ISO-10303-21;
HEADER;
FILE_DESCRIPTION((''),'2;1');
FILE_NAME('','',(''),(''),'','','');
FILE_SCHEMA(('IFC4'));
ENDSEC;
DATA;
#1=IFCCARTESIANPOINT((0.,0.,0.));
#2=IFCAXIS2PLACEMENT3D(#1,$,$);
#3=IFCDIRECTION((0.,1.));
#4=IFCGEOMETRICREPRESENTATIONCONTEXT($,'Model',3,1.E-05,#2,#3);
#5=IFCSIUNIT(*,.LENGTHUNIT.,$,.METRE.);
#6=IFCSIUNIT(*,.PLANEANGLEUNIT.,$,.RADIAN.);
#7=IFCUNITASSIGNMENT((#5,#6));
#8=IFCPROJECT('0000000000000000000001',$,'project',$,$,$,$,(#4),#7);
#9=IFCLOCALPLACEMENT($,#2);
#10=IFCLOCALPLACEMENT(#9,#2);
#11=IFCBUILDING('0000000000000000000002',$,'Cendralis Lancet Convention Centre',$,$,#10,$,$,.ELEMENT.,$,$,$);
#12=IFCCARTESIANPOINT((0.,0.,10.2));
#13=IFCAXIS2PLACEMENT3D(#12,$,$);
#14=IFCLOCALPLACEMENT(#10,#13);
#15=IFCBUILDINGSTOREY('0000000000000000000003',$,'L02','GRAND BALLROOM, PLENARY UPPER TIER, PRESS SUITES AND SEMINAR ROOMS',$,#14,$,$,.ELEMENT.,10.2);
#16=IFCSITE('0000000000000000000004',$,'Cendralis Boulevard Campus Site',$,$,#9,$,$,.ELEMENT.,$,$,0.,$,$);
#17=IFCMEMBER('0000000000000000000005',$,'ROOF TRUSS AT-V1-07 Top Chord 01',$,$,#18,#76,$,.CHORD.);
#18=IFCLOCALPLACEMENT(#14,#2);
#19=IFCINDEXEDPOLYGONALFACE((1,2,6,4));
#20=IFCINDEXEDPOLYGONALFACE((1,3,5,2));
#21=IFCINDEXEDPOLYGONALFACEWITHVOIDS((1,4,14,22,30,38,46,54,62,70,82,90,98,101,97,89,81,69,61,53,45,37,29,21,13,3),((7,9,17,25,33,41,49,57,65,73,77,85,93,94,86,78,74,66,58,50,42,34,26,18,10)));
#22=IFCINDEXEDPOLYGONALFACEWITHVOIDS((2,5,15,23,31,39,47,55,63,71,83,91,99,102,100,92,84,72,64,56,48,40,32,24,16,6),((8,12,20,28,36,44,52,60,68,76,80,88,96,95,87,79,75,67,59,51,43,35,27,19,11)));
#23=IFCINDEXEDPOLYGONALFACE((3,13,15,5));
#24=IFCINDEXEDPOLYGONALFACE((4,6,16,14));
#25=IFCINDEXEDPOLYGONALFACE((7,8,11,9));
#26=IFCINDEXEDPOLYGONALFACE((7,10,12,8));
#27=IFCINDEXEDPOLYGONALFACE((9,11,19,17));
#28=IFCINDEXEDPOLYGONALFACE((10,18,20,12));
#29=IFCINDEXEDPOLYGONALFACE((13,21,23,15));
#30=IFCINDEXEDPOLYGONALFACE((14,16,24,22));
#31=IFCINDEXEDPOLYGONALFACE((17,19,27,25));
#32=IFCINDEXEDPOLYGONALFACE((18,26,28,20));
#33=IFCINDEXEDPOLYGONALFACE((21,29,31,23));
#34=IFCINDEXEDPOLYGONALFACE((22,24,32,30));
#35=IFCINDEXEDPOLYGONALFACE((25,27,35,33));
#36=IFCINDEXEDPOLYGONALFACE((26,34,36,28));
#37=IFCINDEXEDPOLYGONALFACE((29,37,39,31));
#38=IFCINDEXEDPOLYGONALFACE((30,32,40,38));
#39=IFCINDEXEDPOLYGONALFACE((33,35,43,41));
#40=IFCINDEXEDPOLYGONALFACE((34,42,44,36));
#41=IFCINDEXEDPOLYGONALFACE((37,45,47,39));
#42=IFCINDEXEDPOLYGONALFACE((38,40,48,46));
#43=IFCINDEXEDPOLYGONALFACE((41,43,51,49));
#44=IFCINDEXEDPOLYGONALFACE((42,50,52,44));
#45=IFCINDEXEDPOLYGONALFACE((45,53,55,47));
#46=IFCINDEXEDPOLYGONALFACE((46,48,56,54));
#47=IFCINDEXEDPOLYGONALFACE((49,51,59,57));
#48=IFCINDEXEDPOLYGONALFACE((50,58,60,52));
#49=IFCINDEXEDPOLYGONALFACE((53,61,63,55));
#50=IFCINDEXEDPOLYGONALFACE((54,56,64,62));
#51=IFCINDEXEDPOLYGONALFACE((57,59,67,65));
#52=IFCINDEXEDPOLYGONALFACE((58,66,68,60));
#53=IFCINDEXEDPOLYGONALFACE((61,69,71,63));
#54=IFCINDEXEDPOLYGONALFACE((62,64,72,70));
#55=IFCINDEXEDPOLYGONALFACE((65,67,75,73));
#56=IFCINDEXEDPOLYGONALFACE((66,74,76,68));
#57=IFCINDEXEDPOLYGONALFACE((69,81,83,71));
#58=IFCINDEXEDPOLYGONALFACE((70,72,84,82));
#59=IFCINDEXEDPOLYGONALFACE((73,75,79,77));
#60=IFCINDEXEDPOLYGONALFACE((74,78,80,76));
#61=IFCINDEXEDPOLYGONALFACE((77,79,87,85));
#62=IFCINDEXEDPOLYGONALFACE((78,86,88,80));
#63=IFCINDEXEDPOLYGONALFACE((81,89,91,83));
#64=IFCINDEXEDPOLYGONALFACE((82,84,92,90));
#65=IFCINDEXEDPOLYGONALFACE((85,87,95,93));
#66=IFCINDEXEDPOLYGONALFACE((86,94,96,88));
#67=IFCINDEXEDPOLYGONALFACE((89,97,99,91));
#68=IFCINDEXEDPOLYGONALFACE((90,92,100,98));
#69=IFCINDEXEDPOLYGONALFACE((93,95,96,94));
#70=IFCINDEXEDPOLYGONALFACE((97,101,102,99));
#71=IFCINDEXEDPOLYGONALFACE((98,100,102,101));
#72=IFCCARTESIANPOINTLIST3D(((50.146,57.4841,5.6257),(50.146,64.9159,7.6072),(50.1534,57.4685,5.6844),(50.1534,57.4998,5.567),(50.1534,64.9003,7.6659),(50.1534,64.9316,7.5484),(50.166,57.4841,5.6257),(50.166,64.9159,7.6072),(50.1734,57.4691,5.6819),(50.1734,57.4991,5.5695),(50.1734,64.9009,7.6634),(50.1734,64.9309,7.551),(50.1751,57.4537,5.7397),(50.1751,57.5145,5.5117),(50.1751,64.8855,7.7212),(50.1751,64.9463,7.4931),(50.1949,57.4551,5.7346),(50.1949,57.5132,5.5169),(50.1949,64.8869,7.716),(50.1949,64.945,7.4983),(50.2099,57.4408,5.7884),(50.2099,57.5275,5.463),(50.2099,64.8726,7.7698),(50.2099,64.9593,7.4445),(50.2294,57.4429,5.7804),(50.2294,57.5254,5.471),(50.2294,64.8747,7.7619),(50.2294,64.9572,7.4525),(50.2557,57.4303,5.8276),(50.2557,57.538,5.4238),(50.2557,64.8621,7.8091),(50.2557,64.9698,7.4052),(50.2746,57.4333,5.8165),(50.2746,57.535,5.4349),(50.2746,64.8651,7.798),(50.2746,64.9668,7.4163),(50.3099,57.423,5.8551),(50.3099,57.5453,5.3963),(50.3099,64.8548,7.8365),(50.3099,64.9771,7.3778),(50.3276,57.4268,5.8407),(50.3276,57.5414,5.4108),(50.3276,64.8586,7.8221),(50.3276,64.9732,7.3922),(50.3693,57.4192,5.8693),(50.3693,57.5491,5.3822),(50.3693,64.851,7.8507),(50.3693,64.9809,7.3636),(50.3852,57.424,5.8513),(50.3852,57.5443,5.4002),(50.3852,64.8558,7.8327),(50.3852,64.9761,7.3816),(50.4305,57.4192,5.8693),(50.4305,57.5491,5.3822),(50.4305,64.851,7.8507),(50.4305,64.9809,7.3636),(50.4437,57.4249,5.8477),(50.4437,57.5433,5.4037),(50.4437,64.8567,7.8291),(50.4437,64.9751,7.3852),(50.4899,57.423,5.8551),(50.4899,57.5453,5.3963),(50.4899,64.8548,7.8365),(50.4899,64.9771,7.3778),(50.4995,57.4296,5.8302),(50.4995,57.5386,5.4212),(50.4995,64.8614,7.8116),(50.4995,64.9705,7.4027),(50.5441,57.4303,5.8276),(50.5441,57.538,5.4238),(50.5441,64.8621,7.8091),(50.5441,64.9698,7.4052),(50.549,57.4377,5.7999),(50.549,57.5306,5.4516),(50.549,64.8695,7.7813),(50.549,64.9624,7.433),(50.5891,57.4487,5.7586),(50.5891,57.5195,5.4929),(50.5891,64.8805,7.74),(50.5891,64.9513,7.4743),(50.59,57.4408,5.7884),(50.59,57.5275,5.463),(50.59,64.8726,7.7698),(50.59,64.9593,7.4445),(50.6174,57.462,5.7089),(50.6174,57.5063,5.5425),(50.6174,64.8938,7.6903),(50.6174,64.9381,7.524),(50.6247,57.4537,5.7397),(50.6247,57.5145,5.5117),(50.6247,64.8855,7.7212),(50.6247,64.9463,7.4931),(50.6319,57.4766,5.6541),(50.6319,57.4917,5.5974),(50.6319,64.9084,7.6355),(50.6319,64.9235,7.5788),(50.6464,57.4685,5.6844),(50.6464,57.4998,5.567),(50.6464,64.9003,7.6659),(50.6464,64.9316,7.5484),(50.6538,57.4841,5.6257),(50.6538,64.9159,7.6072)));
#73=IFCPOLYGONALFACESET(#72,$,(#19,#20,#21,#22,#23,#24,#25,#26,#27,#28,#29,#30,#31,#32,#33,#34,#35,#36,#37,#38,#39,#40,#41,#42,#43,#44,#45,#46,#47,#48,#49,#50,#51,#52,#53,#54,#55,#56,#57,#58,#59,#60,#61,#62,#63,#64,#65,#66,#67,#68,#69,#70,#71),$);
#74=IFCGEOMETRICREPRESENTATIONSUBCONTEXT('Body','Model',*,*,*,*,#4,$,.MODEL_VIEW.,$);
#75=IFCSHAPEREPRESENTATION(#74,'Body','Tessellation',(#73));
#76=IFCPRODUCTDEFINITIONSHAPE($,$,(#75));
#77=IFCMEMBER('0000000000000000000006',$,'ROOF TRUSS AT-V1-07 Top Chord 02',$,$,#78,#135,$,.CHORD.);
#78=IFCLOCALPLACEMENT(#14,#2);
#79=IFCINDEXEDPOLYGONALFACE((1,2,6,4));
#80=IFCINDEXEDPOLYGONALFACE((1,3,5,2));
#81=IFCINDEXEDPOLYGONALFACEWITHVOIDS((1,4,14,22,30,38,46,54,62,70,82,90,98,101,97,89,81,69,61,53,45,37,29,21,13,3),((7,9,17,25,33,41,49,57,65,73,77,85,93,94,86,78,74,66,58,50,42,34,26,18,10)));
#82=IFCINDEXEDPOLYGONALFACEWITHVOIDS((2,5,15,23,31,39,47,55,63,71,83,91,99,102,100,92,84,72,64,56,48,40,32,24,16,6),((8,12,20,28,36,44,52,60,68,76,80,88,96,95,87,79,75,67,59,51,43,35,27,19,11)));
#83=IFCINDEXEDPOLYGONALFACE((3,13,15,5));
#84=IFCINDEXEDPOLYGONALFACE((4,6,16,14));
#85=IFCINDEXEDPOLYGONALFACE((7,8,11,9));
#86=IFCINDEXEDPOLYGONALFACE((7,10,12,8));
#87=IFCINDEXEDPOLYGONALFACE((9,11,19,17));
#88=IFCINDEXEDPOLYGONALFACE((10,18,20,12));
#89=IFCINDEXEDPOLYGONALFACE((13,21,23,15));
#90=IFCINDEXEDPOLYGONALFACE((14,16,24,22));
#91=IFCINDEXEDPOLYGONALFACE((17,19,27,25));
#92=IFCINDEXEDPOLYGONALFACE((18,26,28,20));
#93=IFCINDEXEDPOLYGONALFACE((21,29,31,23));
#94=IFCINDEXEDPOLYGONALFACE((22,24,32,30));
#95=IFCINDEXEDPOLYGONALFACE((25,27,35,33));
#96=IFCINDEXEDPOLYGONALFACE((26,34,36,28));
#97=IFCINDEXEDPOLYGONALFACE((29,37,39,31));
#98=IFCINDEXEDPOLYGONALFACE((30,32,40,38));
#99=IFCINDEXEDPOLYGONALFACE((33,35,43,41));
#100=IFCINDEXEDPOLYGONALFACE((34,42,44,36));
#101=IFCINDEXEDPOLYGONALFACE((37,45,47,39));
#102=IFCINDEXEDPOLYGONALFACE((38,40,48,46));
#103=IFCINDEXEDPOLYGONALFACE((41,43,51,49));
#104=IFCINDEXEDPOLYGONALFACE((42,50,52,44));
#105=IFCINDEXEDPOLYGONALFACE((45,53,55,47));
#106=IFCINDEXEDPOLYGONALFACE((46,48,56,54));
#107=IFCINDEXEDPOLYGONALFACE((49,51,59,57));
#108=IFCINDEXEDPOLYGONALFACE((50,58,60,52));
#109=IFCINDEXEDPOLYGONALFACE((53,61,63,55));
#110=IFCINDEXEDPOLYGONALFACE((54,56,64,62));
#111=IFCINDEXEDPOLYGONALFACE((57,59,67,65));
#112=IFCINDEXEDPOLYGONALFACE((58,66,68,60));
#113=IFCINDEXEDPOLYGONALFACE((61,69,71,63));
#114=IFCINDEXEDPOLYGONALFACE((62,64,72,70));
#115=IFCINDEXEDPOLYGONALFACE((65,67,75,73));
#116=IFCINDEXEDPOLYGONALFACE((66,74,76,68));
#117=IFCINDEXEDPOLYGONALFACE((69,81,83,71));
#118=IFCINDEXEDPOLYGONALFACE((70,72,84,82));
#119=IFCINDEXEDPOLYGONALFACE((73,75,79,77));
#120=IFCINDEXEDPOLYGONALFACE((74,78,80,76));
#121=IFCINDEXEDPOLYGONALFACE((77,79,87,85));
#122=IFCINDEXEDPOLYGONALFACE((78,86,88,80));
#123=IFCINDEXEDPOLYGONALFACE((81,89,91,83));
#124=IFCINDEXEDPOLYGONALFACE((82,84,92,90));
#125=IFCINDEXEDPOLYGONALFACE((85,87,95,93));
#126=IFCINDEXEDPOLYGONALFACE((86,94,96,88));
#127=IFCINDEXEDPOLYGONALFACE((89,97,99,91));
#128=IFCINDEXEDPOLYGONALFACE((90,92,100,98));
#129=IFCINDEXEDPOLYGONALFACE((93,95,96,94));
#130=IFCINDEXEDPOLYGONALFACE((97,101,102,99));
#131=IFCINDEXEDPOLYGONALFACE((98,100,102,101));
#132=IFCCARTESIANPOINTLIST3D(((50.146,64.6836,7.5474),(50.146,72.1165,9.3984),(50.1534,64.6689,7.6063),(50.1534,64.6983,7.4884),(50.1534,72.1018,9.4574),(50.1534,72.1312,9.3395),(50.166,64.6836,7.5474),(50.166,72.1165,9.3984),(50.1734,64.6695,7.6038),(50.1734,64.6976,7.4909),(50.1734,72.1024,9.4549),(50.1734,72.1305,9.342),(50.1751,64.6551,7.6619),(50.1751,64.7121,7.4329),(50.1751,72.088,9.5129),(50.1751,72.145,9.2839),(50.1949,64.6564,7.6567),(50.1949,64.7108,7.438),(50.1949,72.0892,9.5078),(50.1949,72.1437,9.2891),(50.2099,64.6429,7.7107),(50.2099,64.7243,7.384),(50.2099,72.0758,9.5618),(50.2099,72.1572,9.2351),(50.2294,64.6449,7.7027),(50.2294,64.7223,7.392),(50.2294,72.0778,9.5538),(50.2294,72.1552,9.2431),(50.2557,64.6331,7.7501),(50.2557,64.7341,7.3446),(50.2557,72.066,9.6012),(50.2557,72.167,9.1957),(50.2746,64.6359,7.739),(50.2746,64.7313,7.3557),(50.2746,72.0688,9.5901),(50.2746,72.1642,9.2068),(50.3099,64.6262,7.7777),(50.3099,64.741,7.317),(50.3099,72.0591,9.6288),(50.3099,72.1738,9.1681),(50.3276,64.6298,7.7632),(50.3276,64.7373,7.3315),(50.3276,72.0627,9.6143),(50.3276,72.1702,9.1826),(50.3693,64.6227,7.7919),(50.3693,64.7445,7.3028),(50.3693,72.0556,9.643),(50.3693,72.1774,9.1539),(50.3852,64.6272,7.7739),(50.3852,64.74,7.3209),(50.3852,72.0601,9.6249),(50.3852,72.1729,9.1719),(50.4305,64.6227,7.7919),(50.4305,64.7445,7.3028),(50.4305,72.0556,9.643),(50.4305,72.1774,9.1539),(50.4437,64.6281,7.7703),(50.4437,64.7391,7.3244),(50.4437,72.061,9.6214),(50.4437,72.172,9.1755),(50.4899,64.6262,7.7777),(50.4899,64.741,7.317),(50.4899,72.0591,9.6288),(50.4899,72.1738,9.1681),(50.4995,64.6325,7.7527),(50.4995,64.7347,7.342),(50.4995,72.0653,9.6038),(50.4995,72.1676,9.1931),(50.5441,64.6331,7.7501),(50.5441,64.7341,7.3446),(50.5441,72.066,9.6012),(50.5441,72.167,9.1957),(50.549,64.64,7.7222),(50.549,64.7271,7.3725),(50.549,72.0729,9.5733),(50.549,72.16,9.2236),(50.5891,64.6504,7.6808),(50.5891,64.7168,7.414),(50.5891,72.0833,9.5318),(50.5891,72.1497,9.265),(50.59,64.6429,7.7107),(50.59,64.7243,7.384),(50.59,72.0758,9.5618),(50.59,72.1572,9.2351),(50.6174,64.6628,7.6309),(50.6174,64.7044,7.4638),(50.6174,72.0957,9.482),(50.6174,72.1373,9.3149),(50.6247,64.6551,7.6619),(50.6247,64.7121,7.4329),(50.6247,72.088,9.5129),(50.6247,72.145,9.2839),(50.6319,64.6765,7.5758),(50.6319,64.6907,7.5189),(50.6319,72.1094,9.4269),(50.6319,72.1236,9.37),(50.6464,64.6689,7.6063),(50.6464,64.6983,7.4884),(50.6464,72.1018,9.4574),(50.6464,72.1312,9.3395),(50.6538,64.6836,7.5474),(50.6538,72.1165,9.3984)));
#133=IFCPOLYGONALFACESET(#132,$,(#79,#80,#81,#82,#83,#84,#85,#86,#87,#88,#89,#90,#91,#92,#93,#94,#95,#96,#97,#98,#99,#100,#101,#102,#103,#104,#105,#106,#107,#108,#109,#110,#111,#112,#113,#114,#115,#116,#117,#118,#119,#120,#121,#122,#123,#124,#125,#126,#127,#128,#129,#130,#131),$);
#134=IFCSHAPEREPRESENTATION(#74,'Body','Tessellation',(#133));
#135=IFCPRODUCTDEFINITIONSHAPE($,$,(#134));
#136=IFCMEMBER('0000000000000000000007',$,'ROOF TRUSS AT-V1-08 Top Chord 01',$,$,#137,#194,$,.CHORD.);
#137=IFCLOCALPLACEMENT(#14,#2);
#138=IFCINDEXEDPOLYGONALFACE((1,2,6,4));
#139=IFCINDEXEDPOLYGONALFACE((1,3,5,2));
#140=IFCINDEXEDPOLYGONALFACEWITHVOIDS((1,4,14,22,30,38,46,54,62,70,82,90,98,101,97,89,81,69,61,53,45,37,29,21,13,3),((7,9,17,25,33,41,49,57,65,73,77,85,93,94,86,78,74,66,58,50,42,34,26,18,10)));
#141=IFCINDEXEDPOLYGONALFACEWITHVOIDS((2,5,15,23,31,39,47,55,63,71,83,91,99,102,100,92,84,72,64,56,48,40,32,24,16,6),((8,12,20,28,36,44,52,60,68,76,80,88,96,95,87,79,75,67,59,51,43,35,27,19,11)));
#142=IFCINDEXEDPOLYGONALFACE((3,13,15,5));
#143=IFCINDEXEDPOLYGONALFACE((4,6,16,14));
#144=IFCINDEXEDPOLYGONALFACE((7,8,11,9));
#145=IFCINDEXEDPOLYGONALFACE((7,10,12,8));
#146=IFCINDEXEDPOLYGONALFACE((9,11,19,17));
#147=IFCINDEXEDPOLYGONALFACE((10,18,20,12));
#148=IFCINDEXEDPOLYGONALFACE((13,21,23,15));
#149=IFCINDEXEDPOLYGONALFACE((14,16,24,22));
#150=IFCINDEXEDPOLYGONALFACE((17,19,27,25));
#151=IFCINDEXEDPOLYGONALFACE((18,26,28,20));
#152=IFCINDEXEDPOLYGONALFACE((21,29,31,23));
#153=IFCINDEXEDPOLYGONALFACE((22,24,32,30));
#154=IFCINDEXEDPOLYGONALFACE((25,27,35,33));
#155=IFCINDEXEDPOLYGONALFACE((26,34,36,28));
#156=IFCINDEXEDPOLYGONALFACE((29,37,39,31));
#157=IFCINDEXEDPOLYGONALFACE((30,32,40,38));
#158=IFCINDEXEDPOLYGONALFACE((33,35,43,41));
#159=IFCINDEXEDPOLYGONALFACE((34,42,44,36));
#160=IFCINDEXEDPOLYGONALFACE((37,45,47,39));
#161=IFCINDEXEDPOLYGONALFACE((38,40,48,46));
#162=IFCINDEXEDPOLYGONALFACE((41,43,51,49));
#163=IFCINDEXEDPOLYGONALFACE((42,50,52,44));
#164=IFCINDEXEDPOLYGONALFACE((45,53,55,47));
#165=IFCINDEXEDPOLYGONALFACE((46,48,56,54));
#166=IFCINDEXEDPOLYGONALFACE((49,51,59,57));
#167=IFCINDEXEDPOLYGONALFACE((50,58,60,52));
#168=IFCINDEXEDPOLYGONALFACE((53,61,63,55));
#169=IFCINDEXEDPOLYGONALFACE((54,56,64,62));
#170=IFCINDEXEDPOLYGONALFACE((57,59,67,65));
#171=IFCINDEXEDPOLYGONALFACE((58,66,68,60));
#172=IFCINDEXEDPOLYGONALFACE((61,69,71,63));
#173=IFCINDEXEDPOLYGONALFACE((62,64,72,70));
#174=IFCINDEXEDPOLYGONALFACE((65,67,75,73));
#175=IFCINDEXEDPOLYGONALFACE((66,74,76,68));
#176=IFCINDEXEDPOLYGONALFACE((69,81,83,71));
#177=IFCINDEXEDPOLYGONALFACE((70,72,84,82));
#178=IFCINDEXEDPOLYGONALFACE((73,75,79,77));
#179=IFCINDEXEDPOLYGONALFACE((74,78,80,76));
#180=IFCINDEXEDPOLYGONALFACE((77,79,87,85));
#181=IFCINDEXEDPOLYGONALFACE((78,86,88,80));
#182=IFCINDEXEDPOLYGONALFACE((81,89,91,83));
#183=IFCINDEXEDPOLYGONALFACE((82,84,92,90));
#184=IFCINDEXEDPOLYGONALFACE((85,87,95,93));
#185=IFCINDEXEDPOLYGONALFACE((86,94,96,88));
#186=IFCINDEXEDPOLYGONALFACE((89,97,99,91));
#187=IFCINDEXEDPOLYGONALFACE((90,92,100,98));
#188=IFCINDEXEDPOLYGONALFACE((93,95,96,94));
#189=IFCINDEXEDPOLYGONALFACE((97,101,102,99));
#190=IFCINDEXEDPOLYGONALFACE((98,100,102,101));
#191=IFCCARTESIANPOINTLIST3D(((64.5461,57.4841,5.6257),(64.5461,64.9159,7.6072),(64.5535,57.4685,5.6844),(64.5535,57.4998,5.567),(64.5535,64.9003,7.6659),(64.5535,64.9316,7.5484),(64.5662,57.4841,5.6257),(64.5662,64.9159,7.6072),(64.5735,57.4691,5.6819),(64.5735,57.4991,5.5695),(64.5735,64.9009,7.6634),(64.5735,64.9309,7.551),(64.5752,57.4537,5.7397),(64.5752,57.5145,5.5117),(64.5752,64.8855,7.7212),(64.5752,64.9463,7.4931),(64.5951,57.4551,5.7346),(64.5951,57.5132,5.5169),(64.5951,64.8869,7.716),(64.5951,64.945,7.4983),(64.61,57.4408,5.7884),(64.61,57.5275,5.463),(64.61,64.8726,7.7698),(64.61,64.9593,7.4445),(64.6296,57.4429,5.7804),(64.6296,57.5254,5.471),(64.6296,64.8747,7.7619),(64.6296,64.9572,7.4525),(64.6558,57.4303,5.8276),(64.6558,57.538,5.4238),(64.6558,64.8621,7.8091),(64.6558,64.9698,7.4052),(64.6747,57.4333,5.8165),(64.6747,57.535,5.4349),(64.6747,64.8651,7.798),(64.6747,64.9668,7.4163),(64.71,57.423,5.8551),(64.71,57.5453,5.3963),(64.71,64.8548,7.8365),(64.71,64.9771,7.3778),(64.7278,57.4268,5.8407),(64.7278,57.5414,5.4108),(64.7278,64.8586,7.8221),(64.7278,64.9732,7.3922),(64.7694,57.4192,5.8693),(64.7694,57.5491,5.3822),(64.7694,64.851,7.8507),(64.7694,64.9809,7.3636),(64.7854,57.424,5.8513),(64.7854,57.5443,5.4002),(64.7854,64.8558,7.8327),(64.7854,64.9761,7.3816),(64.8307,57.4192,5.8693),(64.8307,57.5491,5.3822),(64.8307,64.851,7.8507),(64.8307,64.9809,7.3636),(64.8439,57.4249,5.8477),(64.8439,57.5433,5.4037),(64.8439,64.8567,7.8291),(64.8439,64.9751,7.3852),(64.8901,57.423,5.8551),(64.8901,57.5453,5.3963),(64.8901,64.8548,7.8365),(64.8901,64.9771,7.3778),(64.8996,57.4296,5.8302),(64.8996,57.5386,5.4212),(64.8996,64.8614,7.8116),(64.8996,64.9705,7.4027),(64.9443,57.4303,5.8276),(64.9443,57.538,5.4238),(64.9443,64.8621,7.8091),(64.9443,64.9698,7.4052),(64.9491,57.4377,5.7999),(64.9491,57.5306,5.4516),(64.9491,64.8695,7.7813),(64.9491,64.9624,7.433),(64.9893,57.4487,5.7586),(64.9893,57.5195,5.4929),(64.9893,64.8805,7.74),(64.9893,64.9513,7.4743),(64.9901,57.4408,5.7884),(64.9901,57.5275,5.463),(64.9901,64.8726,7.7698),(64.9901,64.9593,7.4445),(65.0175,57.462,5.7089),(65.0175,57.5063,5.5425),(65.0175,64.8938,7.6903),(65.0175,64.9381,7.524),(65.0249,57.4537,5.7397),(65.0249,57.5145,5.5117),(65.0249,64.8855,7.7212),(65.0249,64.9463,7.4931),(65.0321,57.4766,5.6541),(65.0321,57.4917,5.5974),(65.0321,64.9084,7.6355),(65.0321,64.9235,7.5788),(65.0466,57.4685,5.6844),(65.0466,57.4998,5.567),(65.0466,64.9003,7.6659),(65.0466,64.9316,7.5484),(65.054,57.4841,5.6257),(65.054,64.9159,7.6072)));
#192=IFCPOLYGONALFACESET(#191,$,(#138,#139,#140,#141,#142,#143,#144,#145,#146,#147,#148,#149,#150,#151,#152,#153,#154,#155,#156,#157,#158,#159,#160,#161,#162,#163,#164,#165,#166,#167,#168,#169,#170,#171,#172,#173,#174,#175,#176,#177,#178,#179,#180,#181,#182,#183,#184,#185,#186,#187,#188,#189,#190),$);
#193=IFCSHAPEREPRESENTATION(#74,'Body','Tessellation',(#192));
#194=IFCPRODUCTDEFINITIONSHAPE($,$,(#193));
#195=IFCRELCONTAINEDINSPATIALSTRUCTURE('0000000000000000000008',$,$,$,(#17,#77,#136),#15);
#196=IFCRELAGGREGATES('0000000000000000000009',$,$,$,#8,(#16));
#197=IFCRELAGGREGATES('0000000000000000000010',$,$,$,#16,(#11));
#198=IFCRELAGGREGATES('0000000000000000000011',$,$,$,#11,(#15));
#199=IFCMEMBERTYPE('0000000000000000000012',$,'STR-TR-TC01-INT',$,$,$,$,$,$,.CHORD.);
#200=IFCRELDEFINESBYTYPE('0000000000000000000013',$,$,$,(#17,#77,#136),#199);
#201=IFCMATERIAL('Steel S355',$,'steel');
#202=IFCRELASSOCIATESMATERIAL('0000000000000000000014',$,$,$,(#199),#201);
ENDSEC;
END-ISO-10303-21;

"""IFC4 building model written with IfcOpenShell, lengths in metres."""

from ifc_helpers import new_model, si_unit, direction, frame, origin, origin_2d, place, context, subcontext, project, spatial, hollow_circle, extrude, material, material_profile, profile_set, type_object, element, save


model = new_model("IFC4")

# Units and contexts
model_context = context("Model", 3, precision=1e-05, world=origin(), true_north=direction((0.0, 1.0)))
body_context = subcontext(model_context, "Body", "Model", "MODEL_VIEW")
ifc_project = project(units=[si_unit("LENGTHUNIT", "METRE"), si_unit("PLANEANGLEUNIT", "RADIAN")], contexts=[model_context])

# Site, building, storey
site_placement = place(None, origin())
site = spatial("IfcSite", under=ifc_project, at=site_placement, Name="Cendralis Boulevard Campus Site", CompositionType="ELEMENT", RefElevation=0.0)
building_placement = place(site_placement, origin())
building = spatial("IfcBuilding", under=site, at=building_placement, Name="Cendralis Lancet Convention Centre", CompositionType="ELEMENT")
storey_placement = place(building_placement, frame((0.0, 0.0, 10.2)))
storey = spatial("IfcBuildingStorey", under=building, at=storey_placement, Name="L02", Description="GRAND BALLROOM, PLENARY UPPER TIER, PRESS SUITES AND SEMINAR ROOMS", CompositionType="ELEMENT", Elevation=10.2)

# Members
ifc_material = material(Name="Steel S355", Category="steel")
ifc_material_profile_1 = material_profile(ifc_material, hollow_circle(Radius=0.2539, WallThickness=0.02, at=origin_2d()), Name="CHS 508.0x20.0")
ifc_profile_set_1 = profile_set([ifc_material_profile_1], Name="Steel S355")
member_type_1 = type_object("IfcMemberType", Name="STR-TR-TC01-INT", PredefinedType="CHORD", material=ifc_profile_set_1)
member_1_placement = place(storey_placement, frame((50.3999, 57.4841, 5.6257), z_axis=(0.0, 0.966248, 0.257615), x_axis=(-1.0, 0.0, 0.0)))
element("IfcMember", 1, at=member_1_placement, inside=storey, type_object=member_type_1, Name="ROOF TRUSS AT-V1-07 Top Chord 01", PredefinedType="CHORD", context=body_context, shape_type="SweptSolid", body=[
    extrude(hollow_circle(Radius=0.2539, WallThickness=0.02, at=origin_2d()), origin(), (0.0, 0.0, 1.0), 7.6914),
])
member_2_placement = place(storey_placement, frame((50.3999, 64.6836, 7.5474), z_axis=(0.0, 0.970361, 0.241658), x_axis=(-1.0, 0.0, 0.0)))
element("IfcMember", 2, at=member_2_placement, inside=storey, type_object=member_type_1, Name="ROOF TRUSS AT-V1-07 Top Chord 02", PredefinedType="CHORD", context=body_context, shape_type="SweptSolid", body=[
    extrude(hollow_circle(Radius=0.2539, WallThickness=0.02, at=origin_2d()), origin(), (0.0, 0.0, 1.0), 7.6599),
])
member_3_placement = place(storey_placement, frame((64.8, 57.4841, 5.6257), z_axis=(0.0, 0.966248, 0.257615), x_axis=(-1.0, 0.0, 0.0)))
element("IfcMember", 3, at=member_3_placement, inside=storey, type_object=member_type_1, Name="ROOF TRUSS AT-V1-08 Top Chord 01", PredefinedType="CHORD", context=body_context, shape_type="SweptSolid", body=[
    extrude(hollow_circle(Radius=0.2539, WallThickness=0.02, at=origin_2d()), origin(), (0.0, 0.0, 1.0), 7.6914),
])

save(model, "model.ifc")
